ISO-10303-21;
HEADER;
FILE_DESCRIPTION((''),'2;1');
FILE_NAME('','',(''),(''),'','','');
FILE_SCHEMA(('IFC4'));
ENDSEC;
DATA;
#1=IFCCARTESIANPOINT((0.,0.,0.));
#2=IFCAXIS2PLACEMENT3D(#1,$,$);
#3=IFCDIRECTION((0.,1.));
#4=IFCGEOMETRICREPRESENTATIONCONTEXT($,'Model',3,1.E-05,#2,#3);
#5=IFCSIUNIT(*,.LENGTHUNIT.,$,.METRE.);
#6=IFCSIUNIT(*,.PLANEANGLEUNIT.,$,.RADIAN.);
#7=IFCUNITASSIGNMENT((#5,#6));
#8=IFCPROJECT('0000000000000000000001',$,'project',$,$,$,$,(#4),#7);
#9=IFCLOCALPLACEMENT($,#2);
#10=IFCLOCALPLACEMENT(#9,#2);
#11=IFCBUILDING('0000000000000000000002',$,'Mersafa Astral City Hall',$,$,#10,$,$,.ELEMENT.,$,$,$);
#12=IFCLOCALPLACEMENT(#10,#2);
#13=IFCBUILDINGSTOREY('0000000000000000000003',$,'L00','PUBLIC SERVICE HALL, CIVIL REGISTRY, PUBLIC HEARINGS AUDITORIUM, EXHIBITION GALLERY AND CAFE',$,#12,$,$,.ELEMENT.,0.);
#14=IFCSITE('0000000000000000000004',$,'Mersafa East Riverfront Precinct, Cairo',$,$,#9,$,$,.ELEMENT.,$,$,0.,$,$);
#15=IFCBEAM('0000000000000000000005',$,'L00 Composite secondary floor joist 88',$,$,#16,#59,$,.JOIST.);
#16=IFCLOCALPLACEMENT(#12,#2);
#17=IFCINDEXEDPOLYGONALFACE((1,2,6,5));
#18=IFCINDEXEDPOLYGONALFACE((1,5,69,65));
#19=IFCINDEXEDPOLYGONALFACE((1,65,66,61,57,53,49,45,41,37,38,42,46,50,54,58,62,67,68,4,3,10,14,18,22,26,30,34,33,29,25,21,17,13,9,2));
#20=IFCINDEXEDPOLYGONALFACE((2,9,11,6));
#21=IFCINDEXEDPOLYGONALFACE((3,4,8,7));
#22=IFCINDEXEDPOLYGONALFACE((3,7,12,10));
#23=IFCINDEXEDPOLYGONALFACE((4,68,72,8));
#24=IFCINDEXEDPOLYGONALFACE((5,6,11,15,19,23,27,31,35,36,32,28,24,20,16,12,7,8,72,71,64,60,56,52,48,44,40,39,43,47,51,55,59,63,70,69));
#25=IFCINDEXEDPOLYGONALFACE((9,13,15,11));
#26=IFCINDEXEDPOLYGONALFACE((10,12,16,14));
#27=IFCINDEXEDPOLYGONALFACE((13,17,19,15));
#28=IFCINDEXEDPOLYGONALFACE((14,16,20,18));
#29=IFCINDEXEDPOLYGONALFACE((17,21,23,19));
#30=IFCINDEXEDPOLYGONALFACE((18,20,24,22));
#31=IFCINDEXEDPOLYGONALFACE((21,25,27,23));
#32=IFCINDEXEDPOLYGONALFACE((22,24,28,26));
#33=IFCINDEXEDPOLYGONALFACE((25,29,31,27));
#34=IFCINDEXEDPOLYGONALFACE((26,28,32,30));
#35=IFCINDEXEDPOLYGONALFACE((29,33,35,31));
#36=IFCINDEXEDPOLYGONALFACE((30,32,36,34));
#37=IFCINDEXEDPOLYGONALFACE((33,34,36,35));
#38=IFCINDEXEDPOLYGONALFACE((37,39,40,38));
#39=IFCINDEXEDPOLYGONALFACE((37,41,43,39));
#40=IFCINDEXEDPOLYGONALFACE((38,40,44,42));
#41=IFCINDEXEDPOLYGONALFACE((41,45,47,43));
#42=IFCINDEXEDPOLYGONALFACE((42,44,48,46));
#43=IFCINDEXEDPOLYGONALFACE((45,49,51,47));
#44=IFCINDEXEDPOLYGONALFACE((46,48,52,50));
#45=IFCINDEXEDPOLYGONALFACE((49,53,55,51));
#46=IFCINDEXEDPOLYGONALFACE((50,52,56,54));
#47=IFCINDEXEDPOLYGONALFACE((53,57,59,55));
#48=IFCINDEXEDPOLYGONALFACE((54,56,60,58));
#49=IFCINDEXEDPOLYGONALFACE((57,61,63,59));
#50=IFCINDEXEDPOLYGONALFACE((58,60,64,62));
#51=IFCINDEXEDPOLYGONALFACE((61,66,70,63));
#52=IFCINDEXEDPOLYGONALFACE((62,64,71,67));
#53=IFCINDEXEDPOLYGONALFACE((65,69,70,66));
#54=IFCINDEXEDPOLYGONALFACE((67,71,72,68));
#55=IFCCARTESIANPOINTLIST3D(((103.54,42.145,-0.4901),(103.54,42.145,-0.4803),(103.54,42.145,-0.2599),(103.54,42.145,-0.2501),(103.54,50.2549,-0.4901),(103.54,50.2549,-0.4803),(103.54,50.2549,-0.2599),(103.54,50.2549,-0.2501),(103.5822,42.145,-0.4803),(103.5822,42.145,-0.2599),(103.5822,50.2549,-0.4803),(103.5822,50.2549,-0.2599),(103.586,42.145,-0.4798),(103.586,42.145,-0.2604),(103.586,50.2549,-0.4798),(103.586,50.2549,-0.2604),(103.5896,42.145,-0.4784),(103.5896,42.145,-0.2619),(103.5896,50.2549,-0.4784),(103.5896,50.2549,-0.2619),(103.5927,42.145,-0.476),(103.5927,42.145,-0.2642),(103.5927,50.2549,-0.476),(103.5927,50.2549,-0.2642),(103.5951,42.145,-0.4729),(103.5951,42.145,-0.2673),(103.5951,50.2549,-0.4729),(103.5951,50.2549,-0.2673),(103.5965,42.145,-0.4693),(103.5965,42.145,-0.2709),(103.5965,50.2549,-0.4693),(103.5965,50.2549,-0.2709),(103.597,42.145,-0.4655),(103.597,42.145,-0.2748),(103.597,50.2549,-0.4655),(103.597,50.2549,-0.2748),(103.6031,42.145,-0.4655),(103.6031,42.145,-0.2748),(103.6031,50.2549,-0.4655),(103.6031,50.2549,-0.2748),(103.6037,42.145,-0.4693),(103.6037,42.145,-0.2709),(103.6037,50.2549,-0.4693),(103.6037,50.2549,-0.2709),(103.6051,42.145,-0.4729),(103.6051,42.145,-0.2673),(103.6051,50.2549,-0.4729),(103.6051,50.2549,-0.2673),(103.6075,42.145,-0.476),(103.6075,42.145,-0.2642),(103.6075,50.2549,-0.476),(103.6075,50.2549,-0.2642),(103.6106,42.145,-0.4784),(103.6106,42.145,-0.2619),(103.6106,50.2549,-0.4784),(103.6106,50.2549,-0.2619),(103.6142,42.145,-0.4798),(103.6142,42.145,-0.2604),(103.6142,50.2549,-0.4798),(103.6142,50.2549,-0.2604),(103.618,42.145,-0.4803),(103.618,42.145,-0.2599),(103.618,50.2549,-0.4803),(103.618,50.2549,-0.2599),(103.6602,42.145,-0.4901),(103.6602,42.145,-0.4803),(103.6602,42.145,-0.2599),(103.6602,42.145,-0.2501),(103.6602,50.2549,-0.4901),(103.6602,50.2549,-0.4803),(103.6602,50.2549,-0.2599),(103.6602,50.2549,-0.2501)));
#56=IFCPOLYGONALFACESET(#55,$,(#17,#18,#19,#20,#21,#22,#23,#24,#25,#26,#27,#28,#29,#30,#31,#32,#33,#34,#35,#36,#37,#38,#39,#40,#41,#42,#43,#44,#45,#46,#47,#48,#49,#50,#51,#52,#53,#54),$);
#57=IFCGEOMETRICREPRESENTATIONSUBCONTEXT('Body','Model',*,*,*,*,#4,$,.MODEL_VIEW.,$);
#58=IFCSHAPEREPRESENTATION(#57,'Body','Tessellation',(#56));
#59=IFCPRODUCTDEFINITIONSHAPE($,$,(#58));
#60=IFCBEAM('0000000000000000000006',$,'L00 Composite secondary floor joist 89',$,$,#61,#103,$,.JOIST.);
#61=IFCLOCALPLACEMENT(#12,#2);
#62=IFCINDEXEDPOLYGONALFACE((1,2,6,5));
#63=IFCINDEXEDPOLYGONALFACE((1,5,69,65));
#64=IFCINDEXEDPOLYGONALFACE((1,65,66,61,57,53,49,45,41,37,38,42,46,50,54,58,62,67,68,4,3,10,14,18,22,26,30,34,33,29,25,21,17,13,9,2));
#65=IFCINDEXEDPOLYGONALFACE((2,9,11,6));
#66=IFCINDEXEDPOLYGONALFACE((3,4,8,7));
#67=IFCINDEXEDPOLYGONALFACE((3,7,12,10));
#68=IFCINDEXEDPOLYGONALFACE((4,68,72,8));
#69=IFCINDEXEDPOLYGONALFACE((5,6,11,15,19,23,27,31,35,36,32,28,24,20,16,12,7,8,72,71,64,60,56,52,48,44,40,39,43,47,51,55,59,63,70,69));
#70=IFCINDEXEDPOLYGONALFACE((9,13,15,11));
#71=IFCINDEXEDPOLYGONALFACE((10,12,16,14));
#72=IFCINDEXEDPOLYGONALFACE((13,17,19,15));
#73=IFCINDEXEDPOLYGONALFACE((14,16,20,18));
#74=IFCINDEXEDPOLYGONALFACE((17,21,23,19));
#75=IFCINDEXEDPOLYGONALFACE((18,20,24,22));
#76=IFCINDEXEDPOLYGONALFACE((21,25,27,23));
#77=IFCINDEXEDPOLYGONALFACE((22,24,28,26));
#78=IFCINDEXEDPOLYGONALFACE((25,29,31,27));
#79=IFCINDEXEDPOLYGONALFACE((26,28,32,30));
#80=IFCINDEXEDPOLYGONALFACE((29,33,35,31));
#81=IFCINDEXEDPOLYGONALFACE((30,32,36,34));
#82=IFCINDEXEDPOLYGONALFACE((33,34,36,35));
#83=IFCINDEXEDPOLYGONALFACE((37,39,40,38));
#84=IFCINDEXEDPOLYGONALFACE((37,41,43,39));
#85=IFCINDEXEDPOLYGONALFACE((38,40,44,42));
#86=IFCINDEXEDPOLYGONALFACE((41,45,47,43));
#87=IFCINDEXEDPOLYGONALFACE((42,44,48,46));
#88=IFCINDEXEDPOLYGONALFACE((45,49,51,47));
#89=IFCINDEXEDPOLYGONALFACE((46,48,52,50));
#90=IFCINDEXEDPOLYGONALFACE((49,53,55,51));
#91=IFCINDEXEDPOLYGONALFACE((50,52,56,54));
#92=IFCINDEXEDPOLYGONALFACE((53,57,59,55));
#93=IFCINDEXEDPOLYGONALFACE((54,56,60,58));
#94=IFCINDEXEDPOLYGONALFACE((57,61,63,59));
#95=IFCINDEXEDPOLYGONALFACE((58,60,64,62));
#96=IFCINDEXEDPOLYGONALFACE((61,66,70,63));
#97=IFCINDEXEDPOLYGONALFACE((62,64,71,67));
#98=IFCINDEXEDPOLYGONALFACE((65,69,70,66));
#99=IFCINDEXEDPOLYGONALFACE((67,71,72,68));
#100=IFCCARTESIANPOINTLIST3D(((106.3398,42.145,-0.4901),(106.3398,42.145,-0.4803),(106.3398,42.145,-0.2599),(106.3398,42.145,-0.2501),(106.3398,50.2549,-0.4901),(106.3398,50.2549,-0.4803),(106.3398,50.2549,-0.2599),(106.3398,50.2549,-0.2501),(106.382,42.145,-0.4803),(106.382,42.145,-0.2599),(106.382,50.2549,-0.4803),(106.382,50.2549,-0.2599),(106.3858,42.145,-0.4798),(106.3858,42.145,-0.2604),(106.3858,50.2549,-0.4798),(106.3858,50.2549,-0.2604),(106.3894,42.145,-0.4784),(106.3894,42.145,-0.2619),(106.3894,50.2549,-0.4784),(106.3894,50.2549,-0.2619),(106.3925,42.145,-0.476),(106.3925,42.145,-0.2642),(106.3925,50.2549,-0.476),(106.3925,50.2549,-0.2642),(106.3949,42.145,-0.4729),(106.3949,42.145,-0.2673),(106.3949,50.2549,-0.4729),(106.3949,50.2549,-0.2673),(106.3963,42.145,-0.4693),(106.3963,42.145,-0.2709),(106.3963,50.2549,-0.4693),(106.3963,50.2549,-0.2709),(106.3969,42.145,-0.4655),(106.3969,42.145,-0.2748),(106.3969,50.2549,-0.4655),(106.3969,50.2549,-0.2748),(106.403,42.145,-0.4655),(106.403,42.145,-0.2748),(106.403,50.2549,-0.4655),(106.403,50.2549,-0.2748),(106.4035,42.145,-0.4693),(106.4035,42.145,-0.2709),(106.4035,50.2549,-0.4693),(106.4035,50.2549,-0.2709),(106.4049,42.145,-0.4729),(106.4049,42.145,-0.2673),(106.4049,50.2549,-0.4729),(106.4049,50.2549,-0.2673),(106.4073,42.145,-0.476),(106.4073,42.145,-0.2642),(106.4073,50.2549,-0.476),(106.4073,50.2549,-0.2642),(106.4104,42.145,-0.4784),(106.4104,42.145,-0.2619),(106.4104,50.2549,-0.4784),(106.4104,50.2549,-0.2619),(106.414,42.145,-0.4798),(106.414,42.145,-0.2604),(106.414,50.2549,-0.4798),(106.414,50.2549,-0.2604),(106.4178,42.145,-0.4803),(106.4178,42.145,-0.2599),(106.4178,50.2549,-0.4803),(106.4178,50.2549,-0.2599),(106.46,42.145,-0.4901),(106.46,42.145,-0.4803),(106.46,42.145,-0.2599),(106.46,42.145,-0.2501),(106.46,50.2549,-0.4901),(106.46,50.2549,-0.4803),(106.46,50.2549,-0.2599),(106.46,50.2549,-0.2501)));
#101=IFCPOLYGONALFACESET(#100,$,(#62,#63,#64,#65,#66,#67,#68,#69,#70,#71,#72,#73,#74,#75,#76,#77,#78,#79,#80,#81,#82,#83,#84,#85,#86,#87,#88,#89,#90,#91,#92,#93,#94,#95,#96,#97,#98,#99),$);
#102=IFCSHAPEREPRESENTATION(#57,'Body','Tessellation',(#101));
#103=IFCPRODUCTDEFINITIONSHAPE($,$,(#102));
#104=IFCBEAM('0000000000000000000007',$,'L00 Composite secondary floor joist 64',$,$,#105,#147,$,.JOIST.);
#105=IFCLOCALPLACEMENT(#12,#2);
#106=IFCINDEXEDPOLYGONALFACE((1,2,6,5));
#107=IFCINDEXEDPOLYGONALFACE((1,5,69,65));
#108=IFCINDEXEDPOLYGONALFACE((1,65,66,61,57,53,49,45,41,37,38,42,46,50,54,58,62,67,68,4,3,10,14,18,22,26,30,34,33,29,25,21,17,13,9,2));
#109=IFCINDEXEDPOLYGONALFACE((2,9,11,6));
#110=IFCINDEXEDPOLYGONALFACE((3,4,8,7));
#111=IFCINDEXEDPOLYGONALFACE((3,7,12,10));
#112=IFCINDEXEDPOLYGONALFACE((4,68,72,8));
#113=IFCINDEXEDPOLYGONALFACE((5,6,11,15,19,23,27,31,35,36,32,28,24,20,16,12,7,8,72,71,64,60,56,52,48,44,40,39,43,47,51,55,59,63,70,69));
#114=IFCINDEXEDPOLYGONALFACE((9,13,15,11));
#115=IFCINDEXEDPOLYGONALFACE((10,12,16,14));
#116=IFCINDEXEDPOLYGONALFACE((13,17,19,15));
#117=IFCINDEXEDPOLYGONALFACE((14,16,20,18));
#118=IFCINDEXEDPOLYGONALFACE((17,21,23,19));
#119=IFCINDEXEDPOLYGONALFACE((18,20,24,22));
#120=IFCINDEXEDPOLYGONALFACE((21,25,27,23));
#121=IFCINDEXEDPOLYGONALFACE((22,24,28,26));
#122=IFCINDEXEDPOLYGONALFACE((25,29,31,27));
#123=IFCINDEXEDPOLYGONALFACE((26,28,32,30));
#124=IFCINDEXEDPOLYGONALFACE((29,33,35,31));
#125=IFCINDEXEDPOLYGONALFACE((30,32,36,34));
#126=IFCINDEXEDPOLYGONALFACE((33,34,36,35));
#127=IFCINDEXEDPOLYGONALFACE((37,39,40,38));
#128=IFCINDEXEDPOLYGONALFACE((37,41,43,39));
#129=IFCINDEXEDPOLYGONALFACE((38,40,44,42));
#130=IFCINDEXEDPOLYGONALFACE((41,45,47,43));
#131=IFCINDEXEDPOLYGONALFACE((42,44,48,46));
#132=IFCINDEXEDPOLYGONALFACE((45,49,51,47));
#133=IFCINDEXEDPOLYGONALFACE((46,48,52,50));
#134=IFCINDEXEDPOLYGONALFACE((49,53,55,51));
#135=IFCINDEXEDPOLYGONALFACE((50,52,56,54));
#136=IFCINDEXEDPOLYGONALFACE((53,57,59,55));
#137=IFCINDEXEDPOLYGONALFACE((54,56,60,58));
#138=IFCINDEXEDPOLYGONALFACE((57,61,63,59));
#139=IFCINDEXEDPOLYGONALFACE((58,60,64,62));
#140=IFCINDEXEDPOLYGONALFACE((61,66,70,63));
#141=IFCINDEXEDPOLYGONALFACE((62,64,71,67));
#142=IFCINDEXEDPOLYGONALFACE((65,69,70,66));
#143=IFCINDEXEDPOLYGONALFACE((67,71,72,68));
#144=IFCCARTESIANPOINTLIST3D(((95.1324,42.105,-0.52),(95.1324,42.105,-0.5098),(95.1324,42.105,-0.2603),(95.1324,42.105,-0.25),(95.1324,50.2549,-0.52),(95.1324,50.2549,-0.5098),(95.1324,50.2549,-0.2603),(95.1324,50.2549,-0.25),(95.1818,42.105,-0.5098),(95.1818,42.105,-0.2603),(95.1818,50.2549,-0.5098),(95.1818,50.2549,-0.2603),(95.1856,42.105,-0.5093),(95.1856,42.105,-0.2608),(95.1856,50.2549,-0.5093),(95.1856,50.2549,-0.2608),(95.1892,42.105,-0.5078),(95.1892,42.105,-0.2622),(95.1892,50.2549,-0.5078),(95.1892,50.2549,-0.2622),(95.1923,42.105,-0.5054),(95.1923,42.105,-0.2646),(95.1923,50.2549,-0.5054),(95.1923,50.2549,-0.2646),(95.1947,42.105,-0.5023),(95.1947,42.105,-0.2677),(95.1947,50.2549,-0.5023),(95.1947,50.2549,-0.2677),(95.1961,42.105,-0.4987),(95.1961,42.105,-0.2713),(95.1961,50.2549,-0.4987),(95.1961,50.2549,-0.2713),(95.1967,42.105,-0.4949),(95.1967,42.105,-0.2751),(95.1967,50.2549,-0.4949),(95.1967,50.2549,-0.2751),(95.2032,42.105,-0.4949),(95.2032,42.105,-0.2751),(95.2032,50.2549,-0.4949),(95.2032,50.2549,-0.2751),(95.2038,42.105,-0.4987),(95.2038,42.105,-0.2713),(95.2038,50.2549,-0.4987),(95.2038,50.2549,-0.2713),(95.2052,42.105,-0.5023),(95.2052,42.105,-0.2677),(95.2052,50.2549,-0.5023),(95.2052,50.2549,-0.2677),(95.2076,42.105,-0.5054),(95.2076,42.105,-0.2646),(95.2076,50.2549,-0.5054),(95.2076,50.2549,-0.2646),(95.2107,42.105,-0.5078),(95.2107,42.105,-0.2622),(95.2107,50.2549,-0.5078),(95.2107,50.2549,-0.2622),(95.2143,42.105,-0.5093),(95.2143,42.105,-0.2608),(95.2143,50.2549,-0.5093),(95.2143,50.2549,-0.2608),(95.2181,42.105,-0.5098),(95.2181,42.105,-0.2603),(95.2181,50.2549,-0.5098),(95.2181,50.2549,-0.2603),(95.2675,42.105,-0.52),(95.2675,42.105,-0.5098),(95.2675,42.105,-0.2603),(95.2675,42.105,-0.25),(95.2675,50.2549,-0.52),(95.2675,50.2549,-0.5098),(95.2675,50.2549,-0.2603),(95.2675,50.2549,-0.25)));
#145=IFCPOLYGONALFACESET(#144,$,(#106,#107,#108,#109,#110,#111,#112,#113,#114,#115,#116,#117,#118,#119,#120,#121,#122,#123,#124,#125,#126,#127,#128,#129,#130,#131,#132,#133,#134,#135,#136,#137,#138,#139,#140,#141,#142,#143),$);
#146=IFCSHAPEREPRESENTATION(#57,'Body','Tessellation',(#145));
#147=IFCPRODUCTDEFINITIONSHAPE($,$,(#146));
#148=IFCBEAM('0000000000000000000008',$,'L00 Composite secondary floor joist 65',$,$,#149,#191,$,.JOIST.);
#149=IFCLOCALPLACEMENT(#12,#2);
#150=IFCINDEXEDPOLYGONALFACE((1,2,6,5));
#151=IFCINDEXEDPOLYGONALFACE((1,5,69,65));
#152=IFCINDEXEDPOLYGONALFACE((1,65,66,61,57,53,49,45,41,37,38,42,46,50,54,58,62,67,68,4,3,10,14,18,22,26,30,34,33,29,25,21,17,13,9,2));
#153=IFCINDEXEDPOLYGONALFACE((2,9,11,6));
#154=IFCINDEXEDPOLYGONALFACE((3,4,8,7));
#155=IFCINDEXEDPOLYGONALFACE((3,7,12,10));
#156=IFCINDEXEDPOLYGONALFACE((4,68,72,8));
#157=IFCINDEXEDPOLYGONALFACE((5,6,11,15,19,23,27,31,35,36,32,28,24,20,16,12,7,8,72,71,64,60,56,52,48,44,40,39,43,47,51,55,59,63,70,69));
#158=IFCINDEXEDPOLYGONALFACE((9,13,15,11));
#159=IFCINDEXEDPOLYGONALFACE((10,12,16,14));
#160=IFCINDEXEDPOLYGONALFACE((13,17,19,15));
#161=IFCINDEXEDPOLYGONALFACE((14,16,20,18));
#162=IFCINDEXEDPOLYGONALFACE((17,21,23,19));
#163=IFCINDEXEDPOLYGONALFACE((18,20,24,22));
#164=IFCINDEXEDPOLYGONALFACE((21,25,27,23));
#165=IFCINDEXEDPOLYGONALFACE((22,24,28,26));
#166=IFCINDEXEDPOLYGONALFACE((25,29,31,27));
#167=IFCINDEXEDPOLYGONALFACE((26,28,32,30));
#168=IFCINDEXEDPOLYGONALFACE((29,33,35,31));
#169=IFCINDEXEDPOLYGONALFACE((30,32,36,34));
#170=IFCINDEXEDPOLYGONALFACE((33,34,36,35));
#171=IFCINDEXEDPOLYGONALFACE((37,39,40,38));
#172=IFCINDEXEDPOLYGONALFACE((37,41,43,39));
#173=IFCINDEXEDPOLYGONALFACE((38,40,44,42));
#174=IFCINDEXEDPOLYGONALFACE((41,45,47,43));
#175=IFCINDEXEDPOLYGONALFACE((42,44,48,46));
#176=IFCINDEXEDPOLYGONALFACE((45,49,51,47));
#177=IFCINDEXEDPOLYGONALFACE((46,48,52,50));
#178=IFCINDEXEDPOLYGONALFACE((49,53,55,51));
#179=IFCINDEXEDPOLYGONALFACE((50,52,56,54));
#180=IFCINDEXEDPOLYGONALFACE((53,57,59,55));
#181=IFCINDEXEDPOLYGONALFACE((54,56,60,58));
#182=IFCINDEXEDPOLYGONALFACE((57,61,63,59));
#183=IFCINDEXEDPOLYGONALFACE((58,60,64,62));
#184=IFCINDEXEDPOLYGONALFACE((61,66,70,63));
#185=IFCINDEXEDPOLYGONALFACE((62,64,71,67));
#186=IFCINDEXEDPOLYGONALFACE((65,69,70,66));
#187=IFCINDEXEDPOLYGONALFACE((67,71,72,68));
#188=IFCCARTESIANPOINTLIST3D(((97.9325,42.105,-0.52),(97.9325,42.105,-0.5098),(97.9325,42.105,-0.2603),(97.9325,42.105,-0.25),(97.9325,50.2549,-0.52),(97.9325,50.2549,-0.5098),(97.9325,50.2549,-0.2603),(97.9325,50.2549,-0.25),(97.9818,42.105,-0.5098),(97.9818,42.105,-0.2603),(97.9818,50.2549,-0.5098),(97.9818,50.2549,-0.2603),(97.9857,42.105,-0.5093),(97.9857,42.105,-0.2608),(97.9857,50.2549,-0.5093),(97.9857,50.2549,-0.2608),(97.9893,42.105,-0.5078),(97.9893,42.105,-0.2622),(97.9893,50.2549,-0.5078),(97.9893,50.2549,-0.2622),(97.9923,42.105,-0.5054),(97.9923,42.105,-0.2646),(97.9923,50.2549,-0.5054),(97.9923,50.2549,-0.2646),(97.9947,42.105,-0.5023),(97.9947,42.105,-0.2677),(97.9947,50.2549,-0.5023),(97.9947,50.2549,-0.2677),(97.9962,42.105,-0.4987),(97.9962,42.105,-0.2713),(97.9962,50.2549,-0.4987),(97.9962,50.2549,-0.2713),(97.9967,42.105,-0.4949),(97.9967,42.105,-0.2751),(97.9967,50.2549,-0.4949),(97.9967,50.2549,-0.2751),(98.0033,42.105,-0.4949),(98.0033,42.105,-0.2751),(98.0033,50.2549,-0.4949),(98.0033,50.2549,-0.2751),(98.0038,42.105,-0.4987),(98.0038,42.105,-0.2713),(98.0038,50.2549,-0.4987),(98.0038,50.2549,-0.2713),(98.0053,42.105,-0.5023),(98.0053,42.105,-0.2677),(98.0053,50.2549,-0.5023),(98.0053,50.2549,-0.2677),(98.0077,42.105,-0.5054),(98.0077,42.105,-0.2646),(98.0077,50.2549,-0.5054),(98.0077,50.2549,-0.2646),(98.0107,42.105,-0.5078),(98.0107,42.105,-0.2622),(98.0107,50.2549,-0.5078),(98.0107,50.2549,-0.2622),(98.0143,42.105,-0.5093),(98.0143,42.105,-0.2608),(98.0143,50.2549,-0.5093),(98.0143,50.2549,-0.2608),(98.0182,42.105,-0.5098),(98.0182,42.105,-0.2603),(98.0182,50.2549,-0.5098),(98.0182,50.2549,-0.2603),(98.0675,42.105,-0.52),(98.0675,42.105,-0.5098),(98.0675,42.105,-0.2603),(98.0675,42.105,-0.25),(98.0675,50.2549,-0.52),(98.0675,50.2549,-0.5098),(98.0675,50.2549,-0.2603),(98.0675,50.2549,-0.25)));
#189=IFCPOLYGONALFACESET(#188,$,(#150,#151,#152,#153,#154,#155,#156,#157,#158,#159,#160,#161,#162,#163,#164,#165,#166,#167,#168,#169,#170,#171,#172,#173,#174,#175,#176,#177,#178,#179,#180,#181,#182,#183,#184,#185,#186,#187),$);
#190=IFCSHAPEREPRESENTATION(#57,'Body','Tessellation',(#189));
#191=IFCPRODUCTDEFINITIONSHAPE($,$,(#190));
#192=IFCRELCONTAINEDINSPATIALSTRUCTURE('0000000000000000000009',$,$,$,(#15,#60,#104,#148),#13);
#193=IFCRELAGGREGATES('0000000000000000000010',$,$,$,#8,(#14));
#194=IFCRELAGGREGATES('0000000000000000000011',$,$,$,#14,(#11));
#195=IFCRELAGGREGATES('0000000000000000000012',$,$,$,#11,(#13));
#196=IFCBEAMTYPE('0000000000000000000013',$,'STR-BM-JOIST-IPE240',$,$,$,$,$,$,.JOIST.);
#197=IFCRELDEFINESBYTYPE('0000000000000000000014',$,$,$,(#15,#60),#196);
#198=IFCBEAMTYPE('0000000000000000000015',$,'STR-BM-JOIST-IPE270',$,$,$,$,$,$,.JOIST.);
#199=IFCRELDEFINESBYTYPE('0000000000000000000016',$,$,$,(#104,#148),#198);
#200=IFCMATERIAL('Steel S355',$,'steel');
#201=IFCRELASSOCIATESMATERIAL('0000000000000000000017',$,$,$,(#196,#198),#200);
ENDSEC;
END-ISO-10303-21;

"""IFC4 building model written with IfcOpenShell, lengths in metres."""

from ifc_helpers import new_model, si_unit, direction, frame, origin, origin_2d, place, context, subcontext, project, spatial, i_section, extrude, material, material_profile, profile_set, type_object, element, save


model = new_model("IFC4")

# Units and contexts
model_context = context("Model", 3, precision=1e-05, world=origin(), true_north=direction((0.0, 1.0)))
body_context = subcontext(model_context, "Body", "Model", "MODEL_VIEW")
ifc_project = project(units=[si_unit("LENGTHUNIT", "METRE"), si_unit("PLANEANGLEUNIT", "RADIAN")], contexts=[model_context])

# Site, building, storey
site_placement = place(None, origin())
site = spatial("IfcSite", under=ifc_project, at=site_placement, Name="Mersafa East Riverfront Precinct, Cairo", CompositionType="ELEMENT", RefElevation=0.0)
building_placement = place(site_placement, origin())
building = spatial("IfcBuilding", under=site, at=building_placement, Name="Mersafa Astral City Hall", CompositionType="ELEMENT")
storey_placement = place(building_placement, origin())
storey = spatial("IfcBuildingStorey", under=building, at=storey_placement, Name="L00", Description="PUBLIC SERVICE HALL, CIVIL REGISTRY, PUBLIC HEARINGS AUDITORIUM, EXHIBITION GALLERY AND CAFE", CompositionType="ELEMENT", Elevation=0.0)

# Shared definitions
ifc_material_1 = material(Name="Steel S355", Category="steel")

# Beams
ifc_material_profile_1 = material_profile(ifc_material_1, i_section(OverallWidth=0.1201, OverallDepth=0.24, WebThickness=0.0061, FlangeThickness=0.0098, FilletRadius=0.0149, at=origin_2d()), Name="IPE 240")
ifc_profile_set_1 = profile_set([ifc_material_profile_1], Name="Steel S355")
beam_type_1 = type_object("IfcBeamType", Name="STR-BM-JOIST-IPE240", PredefinedType="JOIST", material=ifc_profile_set_1)
for number, where, z_axis, x_axis, name in (
    (1, (103.6001, 42.145, -0.3701), (0.0, 1.0, 0.0), (-1.0, 0.0, 0.0), "L00 Composite secondary floor joist 88"),
    (2, (106.3999, 42.145, -0.3701), (0.0, 1.0, 0.0), (-1.0, 0.0, 0.0), "L00 Composite secondary floor joist 89"),
):
    element("IfcBeam", number, at=place(storey_placement, frame(where, z_axis=z_axis, x_axis=x_axis)), inside=storey, type_object=beam_type_1, Name=name, PredefinedType="JOIST", context=body_context, shape_type="SweptSolid", body=[
        extrude(i_section(OverallWidth=0.1201, OverallDepth=0.24, WebThickness=0.0061, FlangeThickness=0.0098, FilletRadius=0.0149, at=origin_2d()), origin(), (0.0, 0.0, 1.0), 8.1099),
    ])
ifc_material_profile_2 = material_profile(ifc_material_1, i_section(OverallWidth=0.135, OverallDepth=0.27, WebThickness=0.0066, FlangeThickness=0.0103, FilletRadius=0.0149, at=origin_2d()), Name="IPE 270")
ifc_profile_set_2 = profile_set([ifc_material_profile_2], Name="Steel S355")
beam_type_2 = type_object("IfcBeamType", Name="STR-BM-JOIST-IPE270", PredefinedType="JOIST", material=ifc_profile_set_2)
for number, where, z_axis, x_axis, name in (
    (3, (95.2, 42.105, -0.385), (0.0, 1.0, 0.0), (-1.0, 0.0, 0.0), "L00 Composite secondary floor joist 64"),
    (4, (98.0, 42.105, -0.385), (0.0, 1.0, 0.0), (-1.0, 0.0, 0.0), "L00 Composite secondary floor joist 65"),
):
    element("IfcBeam", number, at=place(storey_placement, frame(where, z_axis=z_axis, x_axis=x_axis)), inside=storey, type_object=beam_type_2, Name=name, PredefinedType="JOIST", context=body_context, shape_type="SweptSolid", body=[
        extrude(i_section(OverallWidth=0.135, OverallDepth=0.27, WebThickness=0.0066, FlangeThickness=0.0103, FilletRadius=0.0149, at=origin_2d()), origin(), (0.0, 0.0, 1.0), 8.1499),
    ])

save(model, "model.ifc")
